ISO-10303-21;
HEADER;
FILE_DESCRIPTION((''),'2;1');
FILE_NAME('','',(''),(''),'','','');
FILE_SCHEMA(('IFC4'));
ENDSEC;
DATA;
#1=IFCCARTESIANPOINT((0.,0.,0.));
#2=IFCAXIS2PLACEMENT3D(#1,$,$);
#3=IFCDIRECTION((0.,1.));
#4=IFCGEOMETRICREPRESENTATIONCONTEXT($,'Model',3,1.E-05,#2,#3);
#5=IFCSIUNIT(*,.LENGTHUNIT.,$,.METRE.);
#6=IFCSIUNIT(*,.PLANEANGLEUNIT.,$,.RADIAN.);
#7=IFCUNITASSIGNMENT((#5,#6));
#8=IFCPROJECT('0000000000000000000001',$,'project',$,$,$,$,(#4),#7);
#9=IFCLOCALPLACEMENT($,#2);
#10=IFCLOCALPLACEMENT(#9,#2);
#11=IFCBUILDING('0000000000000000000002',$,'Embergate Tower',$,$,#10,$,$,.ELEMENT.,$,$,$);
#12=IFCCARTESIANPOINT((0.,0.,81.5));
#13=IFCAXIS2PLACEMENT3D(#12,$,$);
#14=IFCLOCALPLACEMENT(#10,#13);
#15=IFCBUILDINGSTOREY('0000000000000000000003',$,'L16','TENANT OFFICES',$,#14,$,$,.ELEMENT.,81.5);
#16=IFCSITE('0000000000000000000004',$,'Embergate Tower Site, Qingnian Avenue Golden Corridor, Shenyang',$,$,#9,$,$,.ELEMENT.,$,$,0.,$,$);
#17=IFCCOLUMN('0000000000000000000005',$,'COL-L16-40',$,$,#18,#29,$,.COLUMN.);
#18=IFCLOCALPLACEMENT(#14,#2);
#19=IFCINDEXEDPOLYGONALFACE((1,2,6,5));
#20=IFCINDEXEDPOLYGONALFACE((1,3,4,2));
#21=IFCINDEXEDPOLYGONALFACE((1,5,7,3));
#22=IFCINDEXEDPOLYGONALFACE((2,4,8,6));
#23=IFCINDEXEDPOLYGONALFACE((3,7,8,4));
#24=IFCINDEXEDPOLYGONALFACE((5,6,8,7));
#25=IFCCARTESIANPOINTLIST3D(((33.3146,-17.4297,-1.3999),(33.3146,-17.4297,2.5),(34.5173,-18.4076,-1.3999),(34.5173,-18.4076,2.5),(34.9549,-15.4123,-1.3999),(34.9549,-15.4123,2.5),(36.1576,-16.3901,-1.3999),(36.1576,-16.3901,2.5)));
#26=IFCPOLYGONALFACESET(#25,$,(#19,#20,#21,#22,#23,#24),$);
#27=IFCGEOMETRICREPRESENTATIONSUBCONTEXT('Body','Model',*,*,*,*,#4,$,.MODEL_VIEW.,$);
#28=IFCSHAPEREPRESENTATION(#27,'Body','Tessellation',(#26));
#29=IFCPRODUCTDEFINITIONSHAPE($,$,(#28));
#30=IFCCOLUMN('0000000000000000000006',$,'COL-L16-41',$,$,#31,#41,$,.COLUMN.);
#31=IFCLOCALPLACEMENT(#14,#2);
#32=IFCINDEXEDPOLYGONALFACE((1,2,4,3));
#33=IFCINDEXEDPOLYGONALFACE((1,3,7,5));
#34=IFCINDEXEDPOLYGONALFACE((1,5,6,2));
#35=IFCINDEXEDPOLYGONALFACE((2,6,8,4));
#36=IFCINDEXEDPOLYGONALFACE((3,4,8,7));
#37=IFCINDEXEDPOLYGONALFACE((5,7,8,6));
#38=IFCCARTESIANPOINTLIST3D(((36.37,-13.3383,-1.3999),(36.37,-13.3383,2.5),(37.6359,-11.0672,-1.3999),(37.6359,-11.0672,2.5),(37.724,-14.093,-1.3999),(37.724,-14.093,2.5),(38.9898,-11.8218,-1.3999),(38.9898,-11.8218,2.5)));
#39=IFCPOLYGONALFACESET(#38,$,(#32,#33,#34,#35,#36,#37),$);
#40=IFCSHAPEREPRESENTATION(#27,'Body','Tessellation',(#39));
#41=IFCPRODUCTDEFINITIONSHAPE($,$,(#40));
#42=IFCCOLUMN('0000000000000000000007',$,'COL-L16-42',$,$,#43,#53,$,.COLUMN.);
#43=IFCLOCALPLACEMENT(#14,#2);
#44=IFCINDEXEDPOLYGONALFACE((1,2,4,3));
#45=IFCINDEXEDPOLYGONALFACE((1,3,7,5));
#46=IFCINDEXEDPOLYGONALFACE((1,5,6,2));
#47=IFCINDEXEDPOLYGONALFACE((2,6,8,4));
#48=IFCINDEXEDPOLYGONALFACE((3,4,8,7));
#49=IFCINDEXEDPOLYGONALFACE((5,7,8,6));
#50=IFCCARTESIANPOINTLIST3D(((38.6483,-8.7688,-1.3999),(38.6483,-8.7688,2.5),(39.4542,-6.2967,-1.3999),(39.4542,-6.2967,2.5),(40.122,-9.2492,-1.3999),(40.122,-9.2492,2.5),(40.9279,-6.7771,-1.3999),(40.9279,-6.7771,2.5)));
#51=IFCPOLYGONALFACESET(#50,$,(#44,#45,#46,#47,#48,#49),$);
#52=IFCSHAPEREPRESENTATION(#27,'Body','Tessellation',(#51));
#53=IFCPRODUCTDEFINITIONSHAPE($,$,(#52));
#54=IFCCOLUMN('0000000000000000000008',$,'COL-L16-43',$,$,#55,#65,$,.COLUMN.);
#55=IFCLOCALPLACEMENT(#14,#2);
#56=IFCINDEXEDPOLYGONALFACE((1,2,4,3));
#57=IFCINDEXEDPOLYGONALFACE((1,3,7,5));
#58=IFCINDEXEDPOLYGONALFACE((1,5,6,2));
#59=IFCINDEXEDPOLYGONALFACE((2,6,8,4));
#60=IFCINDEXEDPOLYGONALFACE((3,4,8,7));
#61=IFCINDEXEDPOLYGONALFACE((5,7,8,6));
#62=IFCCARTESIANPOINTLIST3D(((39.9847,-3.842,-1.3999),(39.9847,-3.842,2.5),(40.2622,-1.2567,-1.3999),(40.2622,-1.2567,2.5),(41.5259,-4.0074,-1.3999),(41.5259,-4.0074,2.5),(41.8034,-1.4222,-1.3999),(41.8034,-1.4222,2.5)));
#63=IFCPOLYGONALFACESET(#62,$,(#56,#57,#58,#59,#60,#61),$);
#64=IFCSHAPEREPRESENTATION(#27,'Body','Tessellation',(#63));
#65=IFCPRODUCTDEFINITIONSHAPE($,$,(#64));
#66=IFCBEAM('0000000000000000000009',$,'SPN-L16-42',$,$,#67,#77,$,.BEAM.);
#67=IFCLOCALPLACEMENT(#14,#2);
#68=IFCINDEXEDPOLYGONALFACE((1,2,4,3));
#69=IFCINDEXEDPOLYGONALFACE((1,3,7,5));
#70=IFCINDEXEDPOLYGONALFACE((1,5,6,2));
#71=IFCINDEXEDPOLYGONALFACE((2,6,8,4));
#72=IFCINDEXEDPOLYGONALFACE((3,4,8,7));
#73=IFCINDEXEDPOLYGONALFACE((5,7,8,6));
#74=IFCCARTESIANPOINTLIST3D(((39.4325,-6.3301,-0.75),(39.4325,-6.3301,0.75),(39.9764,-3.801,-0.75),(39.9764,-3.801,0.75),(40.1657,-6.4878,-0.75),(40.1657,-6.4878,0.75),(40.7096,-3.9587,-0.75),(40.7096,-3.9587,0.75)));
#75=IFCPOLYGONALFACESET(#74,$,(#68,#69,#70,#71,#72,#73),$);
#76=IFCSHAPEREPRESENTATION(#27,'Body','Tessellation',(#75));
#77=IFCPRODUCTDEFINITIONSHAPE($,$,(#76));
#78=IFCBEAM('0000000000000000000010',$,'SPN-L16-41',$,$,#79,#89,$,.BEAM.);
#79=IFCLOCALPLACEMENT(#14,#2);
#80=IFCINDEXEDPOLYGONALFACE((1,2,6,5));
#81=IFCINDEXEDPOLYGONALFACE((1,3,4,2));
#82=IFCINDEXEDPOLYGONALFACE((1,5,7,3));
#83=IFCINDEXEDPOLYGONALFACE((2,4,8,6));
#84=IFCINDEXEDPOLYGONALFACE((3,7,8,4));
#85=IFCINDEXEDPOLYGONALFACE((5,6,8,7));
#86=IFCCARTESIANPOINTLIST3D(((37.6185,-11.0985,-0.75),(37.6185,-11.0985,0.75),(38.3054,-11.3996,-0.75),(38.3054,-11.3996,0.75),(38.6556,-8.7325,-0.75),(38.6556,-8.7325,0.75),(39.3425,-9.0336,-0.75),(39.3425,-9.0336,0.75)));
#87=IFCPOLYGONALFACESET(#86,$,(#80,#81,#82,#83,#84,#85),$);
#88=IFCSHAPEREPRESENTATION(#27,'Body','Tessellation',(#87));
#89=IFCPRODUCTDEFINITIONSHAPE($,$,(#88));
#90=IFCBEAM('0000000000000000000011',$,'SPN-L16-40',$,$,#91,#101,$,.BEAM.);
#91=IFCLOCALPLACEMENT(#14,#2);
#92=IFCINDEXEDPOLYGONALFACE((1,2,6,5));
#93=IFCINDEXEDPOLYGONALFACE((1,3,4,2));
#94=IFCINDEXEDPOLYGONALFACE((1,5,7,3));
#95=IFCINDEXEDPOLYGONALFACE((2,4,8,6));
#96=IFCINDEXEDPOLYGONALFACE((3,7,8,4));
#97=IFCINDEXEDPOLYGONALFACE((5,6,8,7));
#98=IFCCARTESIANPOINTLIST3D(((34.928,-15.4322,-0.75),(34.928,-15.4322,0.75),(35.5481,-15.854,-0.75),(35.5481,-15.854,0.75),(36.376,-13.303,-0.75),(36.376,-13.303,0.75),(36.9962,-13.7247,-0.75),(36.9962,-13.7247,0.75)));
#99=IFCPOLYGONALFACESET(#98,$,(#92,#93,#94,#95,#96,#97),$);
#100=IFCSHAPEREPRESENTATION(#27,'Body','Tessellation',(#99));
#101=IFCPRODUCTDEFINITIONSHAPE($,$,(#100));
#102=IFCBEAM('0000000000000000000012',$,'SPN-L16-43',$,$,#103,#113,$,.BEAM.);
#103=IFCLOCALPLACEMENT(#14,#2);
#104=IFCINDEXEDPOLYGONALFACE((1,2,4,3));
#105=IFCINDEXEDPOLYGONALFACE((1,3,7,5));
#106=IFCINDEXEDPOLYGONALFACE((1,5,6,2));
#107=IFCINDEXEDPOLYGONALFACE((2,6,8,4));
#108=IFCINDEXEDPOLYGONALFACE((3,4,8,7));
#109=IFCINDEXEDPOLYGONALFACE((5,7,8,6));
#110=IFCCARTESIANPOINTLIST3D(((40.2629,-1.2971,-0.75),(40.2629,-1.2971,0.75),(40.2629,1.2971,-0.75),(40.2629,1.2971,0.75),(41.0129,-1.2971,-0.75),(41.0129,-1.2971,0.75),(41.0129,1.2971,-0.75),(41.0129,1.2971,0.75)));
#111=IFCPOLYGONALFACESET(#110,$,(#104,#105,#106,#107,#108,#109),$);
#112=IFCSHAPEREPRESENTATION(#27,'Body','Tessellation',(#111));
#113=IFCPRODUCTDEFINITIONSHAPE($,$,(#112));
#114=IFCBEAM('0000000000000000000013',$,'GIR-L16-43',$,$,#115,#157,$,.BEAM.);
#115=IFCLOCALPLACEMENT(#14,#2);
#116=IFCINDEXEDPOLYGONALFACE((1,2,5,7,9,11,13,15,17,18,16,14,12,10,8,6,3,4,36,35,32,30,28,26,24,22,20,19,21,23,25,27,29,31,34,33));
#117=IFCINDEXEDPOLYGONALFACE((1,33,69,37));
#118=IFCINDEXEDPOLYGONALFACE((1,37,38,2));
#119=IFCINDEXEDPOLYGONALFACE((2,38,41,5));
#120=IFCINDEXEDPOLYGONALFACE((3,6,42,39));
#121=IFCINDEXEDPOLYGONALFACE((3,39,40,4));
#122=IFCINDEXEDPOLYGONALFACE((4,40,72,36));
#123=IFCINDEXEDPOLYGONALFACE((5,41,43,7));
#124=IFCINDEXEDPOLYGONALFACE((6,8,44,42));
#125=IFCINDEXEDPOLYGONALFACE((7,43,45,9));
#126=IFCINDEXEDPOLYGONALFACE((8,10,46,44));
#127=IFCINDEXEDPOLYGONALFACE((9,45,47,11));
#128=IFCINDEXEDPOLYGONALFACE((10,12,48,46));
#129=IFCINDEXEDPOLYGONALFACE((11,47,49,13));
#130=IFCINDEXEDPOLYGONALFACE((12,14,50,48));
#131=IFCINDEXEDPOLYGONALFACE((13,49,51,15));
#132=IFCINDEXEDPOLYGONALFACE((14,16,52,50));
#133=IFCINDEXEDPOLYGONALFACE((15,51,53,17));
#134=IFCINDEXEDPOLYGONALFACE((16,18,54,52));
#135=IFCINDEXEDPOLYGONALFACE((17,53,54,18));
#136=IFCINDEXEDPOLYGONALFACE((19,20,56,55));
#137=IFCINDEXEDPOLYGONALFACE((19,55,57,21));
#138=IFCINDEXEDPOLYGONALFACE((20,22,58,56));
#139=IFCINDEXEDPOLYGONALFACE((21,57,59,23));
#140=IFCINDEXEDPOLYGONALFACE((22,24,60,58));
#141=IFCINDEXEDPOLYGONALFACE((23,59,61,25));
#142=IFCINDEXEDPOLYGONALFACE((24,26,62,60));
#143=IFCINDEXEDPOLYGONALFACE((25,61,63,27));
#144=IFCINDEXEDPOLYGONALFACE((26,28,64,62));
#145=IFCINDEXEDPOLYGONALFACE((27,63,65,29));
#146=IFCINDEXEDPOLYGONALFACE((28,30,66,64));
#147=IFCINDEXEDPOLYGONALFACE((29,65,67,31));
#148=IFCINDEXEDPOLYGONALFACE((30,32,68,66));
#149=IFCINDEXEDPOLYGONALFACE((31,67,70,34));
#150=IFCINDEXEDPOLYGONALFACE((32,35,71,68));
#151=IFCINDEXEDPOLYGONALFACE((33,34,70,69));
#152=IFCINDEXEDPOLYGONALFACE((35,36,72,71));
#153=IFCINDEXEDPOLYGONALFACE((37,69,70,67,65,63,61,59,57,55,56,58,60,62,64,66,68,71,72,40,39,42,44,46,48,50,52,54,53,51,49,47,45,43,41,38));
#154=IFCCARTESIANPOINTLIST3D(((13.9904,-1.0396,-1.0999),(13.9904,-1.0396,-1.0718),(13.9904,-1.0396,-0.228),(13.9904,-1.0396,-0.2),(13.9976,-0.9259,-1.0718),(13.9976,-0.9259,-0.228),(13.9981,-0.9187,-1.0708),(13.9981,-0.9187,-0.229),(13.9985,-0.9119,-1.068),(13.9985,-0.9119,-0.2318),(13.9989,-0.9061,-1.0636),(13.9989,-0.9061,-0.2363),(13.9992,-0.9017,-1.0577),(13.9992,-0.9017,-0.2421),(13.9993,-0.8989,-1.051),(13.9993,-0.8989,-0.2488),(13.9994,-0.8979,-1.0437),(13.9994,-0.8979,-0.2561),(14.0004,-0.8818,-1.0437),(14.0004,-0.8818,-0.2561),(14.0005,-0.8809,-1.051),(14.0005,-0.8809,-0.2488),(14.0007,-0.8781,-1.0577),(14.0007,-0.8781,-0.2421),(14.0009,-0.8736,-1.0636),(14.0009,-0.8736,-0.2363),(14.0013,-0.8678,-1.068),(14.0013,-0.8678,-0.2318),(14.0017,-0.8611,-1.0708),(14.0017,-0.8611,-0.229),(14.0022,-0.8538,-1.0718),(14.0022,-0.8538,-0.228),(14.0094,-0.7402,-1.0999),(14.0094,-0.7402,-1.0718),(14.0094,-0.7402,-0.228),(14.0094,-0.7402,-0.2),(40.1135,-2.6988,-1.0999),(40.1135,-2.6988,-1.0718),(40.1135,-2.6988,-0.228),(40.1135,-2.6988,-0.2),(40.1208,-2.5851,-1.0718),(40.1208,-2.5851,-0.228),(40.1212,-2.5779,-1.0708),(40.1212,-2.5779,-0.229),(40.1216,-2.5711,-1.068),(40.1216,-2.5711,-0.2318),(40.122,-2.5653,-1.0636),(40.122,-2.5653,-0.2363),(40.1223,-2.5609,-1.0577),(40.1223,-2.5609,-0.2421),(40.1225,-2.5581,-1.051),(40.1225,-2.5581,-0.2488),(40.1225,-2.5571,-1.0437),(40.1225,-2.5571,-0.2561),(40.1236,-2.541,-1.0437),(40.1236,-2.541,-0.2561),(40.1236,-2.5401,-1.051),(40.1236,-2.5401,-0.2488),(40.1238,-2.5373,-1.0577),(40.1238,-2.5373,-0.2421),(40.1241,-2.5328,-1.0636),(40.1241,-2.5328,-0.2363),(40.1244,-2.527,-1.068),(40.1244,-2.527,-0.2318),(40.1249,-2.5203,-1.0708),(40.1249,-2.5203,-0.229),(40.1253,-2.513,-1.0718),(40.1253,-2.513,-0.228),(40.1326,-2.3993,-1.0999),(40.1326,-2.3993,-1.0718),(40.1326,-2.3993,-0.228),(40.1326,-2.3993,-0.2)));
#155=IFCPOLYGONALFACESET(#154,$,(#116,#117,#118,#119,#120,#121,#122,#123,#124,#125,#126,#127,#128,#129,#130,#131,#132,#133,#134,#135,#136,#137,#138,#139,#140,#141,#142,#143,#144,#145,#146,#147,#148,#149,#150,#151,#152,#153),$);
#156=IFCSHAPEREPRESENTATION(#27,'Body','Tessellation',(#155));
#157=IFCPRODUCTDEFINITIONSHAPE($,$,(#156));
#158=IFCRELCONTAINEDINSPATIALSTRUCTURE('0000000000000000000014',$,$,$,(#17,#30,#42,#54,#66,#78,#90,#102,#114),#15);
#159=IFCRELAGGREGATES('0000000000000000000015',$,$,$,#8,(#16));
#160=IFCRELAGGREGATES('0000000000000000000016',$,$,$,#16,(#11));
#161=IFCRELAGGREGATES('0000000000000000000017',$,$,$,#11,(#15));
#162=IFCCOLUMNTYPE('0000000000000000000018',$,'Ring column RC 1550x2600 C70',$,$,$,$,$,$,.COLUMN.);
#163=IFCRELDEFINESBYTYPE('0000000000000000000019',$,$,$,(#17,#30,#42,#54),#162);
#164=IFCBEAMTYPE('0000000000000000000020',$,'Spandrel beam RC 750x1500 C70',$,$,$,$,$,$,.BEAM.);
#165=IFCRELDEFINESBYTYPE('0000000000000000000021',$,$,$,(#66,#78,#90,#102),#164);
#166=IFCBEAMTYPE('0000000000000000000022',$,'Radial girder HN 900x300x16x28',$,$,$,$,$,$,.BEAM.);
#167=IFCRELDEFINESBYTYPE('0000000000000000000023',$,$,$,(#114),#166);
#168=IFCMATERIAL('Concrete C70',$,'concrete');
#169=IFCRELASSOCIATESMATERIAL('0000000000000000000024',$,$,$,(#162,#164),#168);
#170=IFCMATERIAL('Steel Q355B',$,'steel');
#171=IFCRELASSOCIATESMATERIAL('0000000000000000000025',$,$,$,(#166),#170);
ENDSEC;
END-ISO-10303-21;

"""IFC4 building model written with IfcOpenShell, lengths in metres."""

from ifc_helpers import new_model, si_unit, direction, frame, origin, origin_2d, place, context, subcontext, project, spatial, rectangle, i_section, extrude, source, transform, mapped, material, material_profile, profile_set, type_object, element, save


model = new_model("IFC4")

# Units and contexts
model_context = context("Model", 3, precision=1e-05, world=origin(), true_north=direction((0.0, 1.0)))
body_context = subcontext(model_context, "Body", "Model", "MODEL_VIEW")
ifc_project = project(units=[si_unit("LENGTHUNIT", "METRE"), si_unit("PLANEANGLEUNIT", "RADIAN")], contexts=[model_context])

# Site, building, storey
site_placement = place(None, origin())
site = spatial("IfcSite", under=ifc_project, at=site_placement, Name="Embergate Tower Site, Qingnian Avenue Golden Corridor, Shenyang", CompositionType="ELEMENT", RefElevation=0.0)
building_placement = place(site_placement, origin())
building = spatial("IfcBuilding", under=site, at=building_placement, Name="Embergate Tower", CompositionType="ELEMENT")
storey_placement = place(building_placement, frame((0.0, 0.0, 81.5)))
storey = spatial("IfcBuildingStorey", under=building, at=storey_placement, Name="L16", Description="TENANT OFFICES", CompositionType="ELEMENT", Elevation=81.5)

# Columns
ifc_material_1 = material(Name="Concrete C70", Category="concrete")
ifc_material_profile_1 = material_profile(ifc_material_1, rectangle(XDim=1.55, YDim=2.6001, at=origin_2d()), Name="RC 1550x2600")
ifc_profile_set_1 = profile_set([ifc_material_profile_1], Name="Concrete C70")
column_type = type_object("IfcColumnType", Name="Ring column RC 1550x2600 C70", PredefinedType="COLUMN", material=ifc_profile_set_1)
shared_shape_1 = source(origin(), body_context, "Body", "SweptSolid", [
    extrude(rectangle(XDim=1.55, YDim=2.6001, at=origin_2d()), origin(), (0.0, 0.0, 1.0), 3.8999),
])
for number, where, z_axis, x_axis, name in (
    (1, (34.7361, -16.9099, -1.3999), (0.0, 0.0, 1.0), (0.775914, -0.630838, 0.0), "COL-L16-40"),
    (2, (37.6799, -12.5801, -1.3999), (0.0, 0.0, 1.0), (0.873492, -0.486839, 0.0), "COL-L16-41"),
    (3, (39.7881, -7.7729, -1.3999), (0.0, 0.0, 1.0), (0.950754, -0.309946, 0.0), "COL-L16-42"),
    (4, (40.894, -2.6321, -1.3999), (0.0, 0.0, 1.0), (0.994286, -0.10675, 0.0), "COL-L16-43"),
):
    element("IfcColumn", number, at=place(storey_placement, frame(where, z_axis=z_axis, x_axis=x_axis)), inside=storey, type_object=column_type, Name=name, PredefinedType="COLUMN", context=body_context, shape_type="MappedRepresentation", body=[
        mapped(shared_shape_1, transform((0.0, 0.0, 0.0))),
    ])

# Beams
ifc_material_profile_2 = material_profile(ifc_material_1, rectangle(XDim=0.75, YDim=1.5, at=origin_2d()), Name="RC 750x1500")
ifc_profile_set_2 = profile_set([ifc_material_profile_2], Name="Concrete C70")
beam_type_1 = type_object("IfcBeamType", Name="Spandrel beam RC 750x1500 C70", PredefinedType="BEAM", material=ifc_profile_set_2)
shared_shape_2 = source(origin(), body_context, "Body", "SweptSolid", [
    extrude(rectangle(XDim=0.75, YDim=1.5, at=origin_2d()), origin(), (0.0, 0.0, 1.0), 2.5869),
])
beam_1_placement = place(storey_placement, frame((39.7991, -6.4089, 0.0), z_axis=(0.21027, 0.977643, 0.0), x_axis=(-0.977643, 0.21027, 0.0)))
element("IfcBeam", 5, at=beam_1_placement, inside=storey, type_object=beam_type_1, Name="SPN-L16-42", PredefinedType="BEAM", context=body_context, shape_type="MappedRepresentation", body=[
    mapped(shared_shape_2, transform((0.0, 0.0, 0.0))),
])
shared_shape_3 = source(origin(), body_context, "Body", "SweptSolid", [
    extrude(rectangle(XDim=0.75, YDim=1.5, at=origin_2d()), origin(), (0.0, 0.0, 1.0), 2.5833),
])
beam_2_placement = place(storey_placement, frame((37.9619, -11.249, 0.0), z_axis=(0.401468, 0.915873, 0.0), x_axis=(-0.915873, 0.401468, 0.0)))
element("IfcBeam", 6, at=beam_2_placement, inside=storey, type_object=beam_type_1, Name="SPN-L16-41", PredefinedType="BEAM", context=body_context, shape_type="MappedRepresentation", body=[
    mapped(shared_shape_3, transform((0.0, 0.0, 0.0))),
])
shared_shape_4 = source(origin(), body_context, "Body", "SweptSolid", [
    extrude(rectangle(XDim=0.75, YDim=1.5, at=origin_2d()), origin(), (0.0, 0.0, 1.0), 2.575),
])
beam_3_placement = place(storey_placement, frame((35.238, -15.6431, 0.0), z_axis=(0.562357, 0.826895, 0.0), x_axis=(-0.826895, 0.562357, 0.0)))
element("IfcBeam", 7, at=beam_3_placement, inside=storey, type_object=beam_type_1, Name="SPN-L16-40", PredefinedType="BEAM", context=body_context, shape_type="MappedRepresentation", body=[
    mapped(shared_shape_4, transform((0.0, 0.0, 0.0))),
])
shared_shape_5 = source(origin(), body_context, "Body", "SweptSolid", [
    extrude(rectangle(XDim=0.75, YDim=1.5, at=origin_2d()), origin(), (0.0, 0.0, 1.0), 2.5942),
])
beam_4_placement = place(storey_placement, frame((40.6379, -1.2971, 0.0), z_axis=(0.0, 1.0, 0.0), x_axis=(-1.0, 0.0, 0.0)))
element("IfcBeam", 8, at=beam_4_placement, inside=storey, type_object=beam_type_1, Name="SPN-L16-43", PredefinedType="BEAM", context=body_context, shape_type="MappedRepresentation", body=[
    mapped(shared_shape_5, transform((0.0, 0.0, 0.0))),
])
ifc_material_2 = material(Name="Steel Q355B", Category="steel")
ifc_material_profile_3 = material_profile(ifc_material_2, i_section(OverallWidth=0.3, OverallDepth=0.8999, WebThickness=0.0161, FlangeThickness=0.0281, FilletRadius=0.0281, at=origin_2d()), Name="HN 900x300x16x28")
ifc_profile_set_3 = profile_set([ifc_material_profile_3], Name="Steel Q355 grade B")
beam_type_2 = type_object("IfcBeamType", Name="Radial girder HN 900x300x16x28", PredefinedType="BEAM", material=ifc_profile_set_3)
shared_shape_6 = source(origin(), body_context, "Body", "SweptSolid", [
    extrude(i_section(OverallWidth=0.3, OverallDepth=0.8999, WebThickness=0.0161, FlangeThickness=0.0281, FilletRadius=0.0281, at=origin_2d()), origin(), (0.0, 0.0, 1.0), 26.1758),
])
beam_5_placement = place(storey_placement, frame((40.123, -2.5491, -0.6499), z_axis=(-0.997989, 0.063386, 0.0), x_axis=(-0.063386, -0.997989, 0.0)))
element("IfcBeam", 9, at=beam_5_placement, inside=storey, type_object=beam_type_2, Name="GIR-L16-43", PredefinedType="BEAM", context=body_context, shape_type="MappedRepresentation", body=[
    mapped(shared_shape_6, transform((0.0, 0.0, 0.0))),
])

save(model, "model.ifc")
